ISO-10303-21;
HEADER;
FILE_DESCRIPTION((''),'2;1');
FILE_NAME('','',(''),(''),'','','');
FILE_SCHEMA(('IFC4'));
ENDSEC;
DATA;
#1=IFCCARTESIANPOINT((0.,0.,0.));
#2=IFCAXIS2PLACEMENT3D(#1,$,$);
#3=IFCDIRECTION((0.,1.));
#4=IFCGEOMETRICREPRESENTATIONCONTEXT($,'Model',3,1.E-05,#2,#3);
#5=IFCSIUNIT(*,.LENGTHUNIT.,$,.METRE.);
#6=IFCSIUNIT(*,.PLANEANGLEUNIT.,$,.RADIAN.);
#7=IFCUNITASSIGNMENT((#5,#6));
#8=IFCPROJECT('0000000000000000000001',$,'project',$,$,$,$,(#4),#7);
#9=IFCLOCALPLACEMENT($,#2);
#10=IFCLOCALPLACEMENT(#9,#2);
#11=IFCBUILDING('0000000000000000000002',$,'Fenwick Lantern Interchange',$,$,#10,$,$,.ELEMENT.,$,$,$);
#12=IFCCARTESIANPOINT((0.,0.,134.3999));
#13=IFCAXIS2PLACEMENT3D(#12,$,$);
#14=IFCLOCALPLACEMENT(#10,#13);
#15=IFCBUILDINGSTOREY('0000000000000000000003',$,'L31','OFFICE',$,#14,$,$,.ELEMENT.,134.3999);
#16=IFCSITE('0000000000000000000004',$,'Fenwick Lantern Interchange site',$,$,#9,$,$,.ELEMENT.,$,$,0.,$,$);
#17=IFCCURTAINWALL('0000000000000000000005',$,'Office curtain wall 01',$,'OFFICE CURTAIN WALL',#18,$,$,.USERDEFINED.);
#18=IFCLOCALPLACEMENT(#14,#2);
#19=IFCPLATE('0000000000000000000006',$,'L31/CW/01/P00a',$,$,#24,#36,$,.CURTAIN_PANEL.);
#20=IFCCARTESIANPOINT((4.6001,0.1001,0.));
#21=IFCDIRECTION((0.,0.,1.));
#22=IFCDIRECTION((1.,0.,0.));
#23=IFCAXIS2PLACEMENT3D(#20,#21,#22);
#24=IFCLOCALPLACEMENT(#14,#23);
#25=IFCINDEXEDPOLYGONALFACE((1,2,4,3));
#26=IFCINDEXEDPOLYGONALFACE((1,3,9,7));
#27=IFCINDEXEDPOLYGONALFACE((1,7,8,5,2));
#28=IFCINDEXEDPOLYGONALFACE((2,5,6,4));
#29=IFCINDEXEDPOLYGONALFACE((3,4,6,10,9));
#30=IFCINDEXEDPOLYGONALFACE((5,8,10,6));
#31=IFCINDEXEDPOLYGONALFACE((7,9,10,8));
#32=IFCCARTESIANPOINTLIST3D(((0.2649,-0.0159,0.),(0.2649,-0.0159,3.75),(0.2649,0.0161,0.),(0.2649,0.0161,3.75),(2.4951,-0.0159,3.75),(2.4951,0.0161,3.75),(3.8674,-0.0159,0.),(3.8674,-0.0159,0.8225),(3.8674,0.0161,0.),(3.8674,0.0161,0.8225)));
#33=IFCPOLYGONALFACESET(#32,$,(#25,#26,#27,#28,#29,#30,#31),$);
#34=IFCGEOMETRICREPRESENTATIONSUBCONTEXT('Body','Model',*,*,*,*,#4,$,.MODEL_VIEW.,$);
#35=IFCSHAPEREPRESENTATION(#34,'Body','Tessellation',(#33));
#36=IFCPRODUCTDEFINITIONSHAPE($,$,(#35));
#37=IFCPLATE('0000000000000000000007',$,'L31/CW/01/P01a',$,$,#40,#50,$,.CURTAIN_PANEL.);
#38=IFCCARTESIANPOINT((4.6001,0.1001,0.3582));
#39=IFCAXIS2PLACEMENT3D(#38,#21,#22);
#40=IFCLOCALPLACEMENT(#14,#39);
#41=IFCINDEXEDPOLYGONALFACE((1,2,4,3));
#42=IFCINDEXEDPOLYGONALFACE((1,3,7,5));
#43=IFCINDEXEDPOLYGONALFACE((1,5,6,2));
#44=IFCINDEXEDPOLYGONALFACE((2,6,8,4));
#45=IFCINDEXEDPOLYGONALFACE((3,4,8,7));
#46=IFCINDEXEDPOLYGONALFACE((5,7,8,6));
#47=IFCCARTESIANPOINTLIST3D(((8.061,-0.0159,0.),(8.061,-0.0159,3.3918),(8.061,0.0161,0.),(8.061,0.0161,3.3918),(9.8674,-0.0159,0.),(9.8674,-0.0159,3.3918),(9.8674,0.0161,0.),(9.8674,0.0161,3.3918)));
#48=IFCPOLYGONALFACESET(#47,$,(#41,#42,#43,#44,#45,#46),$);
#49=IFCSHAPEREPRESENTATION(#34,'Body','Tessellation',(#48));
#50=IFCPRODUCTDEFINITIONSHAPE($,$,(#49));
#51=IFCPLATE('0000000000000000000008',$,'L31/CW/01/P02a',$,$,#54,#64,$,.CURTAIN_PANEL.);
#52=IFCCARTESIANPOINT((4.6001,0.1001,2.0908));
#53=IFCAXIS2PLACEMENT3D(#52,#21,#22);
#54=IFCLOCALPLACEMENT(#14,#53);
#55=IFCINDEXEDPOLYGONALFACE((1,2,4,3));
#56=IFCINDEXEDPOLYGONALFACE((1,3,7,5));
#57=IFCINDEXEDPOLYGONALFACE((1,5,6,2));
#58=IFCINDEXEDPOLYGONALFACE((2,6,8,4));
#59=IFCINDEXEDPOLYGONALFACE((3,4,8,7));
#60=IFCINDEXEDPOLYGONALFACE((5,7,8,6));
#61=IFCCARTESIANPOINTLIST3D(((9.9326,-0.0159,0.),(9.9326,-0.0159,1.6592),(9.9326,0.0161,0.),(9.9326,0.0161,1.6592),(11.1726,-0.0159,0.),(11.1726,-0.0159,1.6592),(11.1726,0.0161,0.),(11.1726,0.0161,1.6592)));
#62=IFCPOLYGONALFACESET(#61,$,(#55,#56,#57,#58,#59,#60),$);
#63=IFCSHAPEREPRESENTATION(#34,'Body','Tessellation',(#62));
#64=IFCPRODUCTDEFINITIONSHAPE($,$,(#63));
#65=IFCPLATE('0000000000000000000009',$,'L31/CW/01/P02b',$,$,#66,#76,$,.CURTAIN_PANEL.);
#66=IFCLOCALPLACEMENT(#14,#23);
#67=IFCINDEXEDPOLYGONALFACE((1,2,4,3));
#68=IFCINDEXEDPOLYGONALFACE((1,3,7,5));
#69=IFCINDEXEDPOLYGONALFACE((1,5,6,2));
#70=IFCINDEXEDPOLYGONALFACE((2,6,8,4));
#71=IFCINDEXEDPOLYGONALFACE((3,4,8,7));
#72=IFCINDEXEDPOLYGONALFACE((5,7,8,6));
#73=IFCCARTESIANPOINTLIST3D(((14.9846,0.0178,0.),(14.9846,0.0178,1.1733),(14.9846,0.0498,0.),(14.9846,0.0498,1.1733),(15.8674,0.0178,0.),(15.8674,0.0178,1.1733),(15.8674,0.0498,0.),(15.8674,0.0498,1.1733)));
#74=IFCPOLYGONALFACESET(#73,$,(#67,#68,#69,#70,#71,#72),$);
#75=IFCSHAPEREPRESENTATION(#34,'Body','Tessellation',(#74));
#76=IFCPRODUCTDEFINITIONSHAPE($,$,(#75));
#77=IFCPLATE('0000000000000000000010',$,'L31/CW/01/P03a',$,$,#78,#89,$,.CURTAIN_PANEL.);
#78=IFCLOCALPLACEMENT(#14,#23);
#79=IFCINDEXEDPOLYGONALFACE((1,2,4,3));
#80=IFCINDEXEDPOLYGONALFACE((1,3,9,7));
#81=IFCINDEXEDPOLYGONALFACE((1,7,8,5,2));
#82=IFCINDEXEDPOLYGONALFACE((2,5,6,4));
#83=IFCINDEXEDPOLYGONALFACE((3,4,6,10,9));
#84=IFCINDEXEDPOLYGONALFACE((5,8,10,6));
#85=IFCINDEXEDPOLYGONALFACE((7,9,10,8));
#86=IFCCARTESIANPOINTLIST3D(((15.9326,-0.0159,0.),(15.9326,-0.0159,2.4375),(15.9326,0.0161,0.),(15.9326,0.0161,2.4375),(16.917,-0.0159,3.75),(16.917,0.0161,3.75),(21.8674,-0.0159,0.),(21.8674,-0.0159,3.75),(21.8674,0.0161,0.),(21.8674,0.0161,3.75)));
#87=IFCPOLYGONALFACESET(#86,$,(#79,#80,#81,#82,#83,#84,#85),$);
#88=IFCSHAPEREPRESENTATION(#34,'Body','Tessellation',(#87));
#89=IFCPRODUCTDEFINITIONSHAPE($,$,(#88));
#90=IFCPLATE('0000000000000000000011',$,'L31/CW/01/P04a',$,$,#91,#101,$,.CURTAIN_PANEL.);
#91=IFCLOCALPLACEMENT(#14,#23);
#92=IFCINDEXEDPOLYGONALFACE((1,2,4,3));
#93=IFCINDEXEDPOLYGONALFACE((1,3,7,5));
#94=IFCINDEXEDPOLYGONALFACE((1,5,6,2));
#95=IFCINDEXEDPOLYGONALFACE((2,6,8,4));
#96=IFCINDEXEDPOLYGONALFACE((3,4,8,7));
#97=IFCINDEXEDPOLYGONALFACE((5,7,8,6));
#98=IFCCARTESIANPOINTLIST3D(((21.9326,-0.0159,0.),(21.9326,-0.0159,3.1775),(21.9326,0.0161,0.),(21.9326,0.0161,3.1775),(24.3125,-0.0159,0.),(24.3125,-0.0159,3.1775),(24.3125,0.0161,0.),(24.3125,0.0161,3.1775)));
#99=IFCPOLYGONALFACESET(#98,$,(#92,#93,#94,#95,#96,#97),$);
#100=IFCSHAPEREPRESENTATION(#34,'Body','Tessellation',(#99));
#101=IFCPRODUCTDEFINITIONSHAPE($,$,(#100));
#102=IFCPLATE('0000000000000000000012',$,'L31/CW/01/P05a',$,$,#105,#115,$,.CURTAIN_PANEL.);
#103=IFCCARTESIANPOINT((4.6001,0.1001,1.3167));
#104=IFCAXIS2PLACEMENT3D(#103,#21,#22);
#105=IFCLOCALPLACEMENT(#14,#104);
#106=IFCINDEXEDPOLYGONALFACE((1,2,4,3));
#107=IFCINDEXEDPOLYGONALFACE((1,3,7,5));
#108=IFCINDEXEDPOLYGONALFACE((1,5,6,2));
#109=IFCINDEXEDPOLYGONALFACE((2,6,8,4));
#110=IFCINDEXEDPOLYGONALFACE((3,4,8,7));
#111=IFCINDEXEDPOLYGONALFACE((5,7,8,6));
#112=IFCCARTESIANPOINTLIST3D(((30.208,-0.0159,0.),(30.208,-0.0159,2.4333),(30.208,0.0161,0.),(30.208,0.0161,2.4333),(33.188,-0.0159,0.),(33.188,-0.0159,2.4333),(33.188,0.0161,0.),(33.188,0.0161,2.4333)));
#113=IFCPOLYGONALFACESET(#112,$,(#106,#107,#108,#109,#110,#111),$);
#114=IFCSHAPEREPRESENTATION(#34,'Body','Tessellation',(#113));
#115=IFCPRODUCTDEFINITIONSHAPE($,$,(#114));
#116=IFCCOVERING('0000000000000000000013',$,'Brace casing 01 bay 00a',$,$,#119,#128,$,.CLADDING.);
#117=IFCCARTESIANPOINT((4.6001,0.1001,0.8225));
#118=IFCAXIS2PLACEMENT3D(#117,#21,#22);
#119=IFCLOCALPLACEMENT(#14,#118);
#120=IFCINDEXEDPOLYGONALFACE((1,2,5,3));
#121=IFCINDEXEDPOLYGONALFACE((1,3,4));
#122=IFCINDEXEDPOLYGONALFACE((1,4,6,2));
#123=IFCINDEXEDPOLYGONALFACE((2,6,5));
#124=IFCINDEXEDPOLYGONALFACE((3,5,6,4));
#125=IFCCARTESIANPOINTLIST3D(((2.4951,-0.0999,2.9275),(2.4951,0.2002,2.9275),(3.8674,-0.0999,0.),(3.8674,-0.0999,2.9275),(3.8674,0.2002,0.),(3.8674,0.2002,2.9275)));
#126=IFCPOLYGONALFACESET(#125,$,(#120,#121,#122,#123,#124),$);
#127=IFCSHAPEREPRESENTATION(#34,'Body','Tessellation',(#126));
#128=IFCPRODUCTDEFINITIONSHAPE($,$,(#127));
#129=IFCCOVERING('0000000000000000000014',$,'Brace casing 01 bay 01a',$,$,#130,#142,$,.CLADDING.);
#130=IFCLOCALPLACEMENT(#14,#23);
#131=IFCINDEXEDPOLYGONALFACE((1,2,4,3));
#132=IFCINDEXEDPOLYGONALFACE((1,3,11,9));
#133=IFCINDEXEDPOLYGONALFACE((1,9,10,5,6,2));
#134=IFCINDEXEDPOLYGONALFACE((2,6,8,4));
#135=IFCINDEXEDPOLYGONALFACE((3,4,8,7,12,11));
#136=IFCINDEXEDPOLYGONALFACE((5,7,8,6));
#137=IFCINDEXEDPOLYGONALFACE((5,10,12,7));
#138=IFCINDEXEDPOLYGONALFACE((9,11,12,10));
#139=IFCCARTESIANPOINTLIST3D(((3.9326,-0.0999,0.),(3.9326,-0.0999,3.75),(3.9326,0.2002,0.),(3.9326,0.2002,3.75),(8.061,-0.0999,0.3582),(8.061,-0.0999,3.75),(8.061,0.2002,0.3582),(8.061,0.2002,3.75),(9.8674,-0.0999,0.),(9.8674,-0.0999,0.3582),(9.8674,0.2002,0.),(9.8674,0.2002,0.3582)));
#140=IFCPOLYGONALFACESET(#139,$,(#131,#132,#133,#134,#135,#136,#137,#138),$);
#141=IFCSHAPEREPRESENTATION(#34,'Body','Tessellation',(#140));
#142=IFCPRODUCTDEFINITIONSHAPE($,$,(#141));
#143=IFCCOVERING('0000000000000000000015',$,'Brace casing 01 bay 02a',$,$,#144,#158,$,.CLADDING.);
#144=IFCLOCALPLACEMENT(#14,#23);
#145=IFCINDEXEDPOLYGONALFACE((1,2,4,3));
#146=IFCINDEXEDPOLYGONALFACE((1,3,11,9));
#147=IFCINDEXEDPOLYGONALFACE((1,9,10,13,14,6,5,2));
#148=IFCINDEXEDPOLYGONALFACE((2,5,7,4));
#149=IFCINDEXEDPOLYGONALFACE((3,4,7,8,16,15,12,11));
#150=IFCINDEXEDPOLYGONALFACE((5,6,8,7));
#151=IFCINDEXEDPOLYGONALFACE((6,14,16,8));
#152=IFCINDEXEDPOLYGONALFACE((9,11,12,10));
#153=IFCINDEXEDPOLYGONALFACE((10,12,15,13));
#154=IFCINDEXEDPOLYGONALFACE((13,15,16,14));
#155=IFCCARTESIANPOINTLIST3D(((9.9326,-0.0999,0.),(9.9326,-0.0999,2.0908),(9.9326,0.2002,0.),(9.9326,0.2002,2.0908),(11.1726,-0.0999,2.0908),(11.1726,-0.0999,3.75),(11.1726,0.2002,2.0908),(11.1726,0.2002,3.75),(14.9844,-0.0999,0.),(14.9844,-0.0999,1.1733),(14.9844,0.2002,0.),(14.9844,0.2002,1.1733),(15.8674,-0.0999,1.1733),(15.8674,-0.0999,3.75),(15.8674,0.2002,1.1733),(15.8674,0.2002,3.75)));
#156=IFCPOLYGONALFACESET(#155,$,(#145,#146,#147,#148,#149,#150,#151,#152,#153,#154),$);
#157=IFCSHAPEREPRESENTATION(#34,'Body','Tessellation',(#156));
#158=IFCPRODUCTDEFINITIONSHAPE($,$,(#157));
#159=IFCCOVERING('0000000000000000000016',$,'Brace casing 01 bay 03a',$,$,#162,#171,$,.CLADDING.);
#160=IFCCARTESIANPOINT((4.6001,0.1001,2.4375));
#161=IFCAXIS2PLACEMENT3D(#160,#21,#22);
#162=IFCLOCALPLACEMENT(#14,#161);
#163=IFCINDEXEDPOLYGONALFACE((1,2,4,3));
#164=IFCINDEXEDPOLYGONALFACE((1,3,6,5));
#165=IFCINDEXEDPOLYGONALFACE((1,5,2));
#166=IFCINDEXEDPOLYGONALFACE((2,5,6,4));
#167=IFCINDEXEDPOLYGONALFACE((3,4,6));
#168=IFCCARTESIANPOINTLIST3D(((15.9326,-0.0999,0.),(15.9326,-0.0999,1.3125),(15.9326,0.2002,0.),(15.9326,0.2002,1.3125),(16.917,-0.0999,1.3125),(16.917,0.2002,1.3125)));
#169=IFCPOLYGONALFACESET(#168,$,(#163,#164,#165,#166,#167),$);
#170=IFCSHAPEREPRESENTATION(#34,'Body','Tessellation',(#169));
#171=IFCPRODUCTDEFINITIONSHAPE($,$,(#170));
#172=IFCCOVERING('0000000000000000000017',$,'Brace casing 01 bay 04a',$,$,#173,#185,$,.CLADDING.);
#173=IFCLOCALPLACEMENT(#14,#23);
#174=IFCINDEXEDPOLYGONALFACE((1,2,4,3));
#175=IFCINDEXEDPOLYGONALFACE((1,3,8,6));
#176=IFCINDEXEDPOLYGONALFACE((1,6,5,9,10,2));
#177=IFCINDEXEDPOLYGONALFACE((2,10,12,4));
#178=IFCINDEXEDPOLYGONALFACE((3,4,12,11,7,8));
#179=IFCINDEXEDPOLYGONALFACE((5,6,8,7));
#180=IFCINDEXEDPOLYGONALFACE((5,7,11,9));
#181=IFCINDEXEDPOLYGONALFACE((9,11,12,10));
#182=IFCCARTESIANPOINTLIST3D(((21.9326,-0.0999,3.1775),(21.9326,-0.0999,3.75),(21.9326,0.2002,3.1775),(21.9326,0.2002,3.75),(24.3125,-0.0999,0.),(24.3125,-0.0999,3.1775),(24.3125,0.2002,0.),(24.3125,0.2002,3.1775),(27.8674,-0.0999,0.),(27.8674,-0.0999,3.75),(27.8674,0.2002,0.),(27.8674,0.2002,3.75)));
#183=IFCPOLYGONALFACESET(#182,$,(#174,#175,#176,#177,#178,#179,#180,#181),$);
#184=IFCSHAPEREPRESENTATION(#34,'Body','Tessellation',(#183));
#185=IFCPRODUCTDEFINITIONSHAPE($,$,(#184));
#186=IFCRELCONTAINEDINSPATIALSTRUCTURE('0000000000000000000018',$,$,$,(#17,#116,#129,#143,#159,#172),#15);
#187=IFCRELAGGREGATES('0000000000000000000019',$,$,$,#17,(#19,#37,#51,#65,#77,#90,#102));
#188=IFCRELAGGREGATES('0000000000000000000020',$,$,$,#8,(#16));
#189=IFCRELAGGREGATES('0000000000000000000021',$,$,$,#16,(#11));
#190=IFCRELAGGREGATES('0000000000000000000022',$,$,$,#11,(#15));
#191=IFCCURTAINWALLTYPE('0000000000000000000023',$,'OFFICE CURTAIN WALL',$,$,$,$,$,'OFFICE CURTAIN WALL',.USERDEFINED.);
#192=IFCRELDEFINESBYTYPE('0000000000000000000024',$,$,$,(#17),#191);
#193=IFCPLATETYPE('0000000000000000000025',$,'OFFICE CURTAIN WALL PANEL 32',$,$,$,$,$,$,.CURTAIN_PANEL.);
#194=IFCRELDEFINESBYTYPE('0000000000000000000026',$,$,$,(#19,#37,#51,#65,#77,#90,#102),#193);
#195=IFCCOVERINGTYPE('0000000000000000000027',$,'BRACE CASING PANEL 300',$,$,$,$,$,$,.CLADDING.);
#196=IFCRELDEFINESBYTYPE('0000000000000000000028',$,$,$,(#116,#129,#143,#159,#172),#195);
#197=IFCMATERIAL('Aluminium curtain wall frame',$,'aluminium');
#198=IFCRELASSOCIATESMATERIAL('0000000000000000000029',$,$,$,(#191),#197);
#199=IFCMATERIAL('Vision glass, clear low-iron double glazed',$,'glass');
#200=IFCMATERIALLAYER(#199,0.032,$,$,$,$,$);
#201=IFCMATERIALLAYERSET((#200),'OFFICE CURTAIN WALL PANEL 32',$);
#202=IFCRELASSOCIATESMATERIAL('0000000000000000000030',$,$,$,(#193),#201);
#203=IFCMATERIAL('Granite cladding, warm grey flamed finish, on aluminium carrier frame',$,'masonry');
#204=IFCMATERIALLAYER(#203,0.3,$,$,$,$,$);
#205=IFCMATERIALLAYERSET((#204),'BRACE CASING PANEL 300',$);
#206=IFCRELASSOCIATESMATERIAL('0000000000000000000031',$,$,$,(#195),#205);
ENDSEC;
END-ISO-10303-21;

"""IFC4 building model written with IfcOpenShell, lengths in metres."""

from ifc_helpers import new_model, si_unit, direction, frame, origin, place, context, subcontext, project, spatial, polyline, outline, extrude, material, layer, layer_set, type_object, element, aggregate, save


model = new_model("IFC4")

# Units and contexts
model_context = context("Model", 3, precision=1e-05, world=origin(), true_north=direction((0.0, 1.0)))
body_context = subcontext(model_context, "Body", "Model", "MODEL_VIEW")
ifc_project = project(units=[si_unit("LENGTHUNIT", "METRE"), si_unit("PLANEANGLEUNIT", "RADIAN")], contexts=[model_context])

# Site, building, storey
site_placement = place(None, origin())
site = spatial("IfcSite", under=ifc_project, at=site_placement, Name="Fenwick Lantern Interchange site", CompositionType="ELEMENT", RefElevation=0.0)
building_placement = place(site_placement, origin())
building = spatial("IfcBuilding", under=site, at=building_placement, Name="Fenwick Lantern Interchange", CompositionType="ELEMENT")
storey_placement = place(building_placement, frame((0.0, 0.0, 134.3999)))
storey = spatial("IfcBuildingStorey", under=building, at=storey_placement, Name="L31", Description="OFFICE", CompositionType="ELEMENT", Elevation=134.3999)

# Shared definitions
ifc_material_1 = material(Name="Aluminium curtain wall frame", Category="aluminium")
curtain_wall_type = type_object("IfcCurtainWallType", Name="OFFICE CURTAIN WALL", ElementType="OFFICE CURTAIN WALL", PredefinedType="USERDEFINED", material=ifc_material_1)

# Curtain wall, plates
curtain_wall_1_placement = place(storey_placement, origin())
curtain_wall_1 = element("IfcCurtainWall", 1, at=curtain_wall_1_placement, inside=storey, type_object=curtain_wall_type, Name="Office curtain wall 01", ObjectType="OFFICE CURTAIN WALL", PredefinedType="USERDEFINED")
ifc_material_2 = material(Name="Vision glass, clear low-iron double glazed", Category="glass")
ifc_layer_1 = layer(ifc_material_2, 0.032)
ifc_layer_set_1 = layer_set([ifc_layer_1], Name="OFFICE CURTAIN WALL PANEL 32")
plate_type = type_object("IfcPlateType", Name="OFFICE CURTAIN WALL PANEL 32", PredefinedType="CURTAIN_PANEL", material=ifc_layer_set_1)
plate_1_placement = place(storey_placement, frame((4.6001, 0.1001, 0.0), z_axis=(0.0, 0.0, 1.0), x_axis=(1.0, 0.0, 0.0)))
plate_1 = element("IfcPlate", 2, at=plate_1_placement, type_object=plate_type, Name="L31/CW/01/P00a", PredefinedType="CURTAIN_PANEL", context=body_context, shape_type="SweptSolid", body=[
    extrude(outline(polyline([(0.2649, 0.0), (3.8674, 0.0), (3.8674, 0.8225), (2.4951, 3.75), (0.2649, 3.75), (0.2649, 0.0)])), frame((0.0, 0.0161, 0.0), z_axis=(0.0, -1.0, 0.0), x_axis=(1.0, 0.0, 0.0)), (0.0, 0.0, 1.0), 0.032),
])
plate_2_placement = place(storey_placement, frame((4.6001, 0.1001, 0.3582), z_axis=(0.0, 0.0, 1.0), x_axis=(1.0, 0.0, 0.0)))
plate_2 = element("IfcPlate", 3, at=plate_2_placement, type_object=plate_type, Name="L31/CW/01/P01a", PredefinedType="CURTAIN_PANEL", context=body_context, shape_type="SweptSolid", body=[
    extrude(outline(polyline([(8.061, 0.0), (9.8674, 0.0), (9.8674, 3.3918), (8.061, 3.3918), (8.061, 0.0)])), frame((0.0, 0.0161, 0.0), z_axis=(0.0, -1.0, 0.0), x_axis=(1.0, 0.0, 0.0)), (0.0, 0.0, 1.0), 0.032),
])
plate_3_placement = place(storey_placement, frame((4.6001, 0.1001, 2.0908), z_axis=(0.0, 0.0, 1.0), x_axis=(1.0, 0.0, 0.0)))
plate_3 = element("IfcPlate", 4, at=plate_3_placement, type_object=plate_type, Name="L31/CW/01/P02a", PredefinedType="CURTAIN_PANEL", context=body_context, shape_type="SweptSolid", body=[
    extrude(outline(polyline([(9.9326, 0.0), (11.1726, 0.0), (11.1726, 1.6592), (9.9326, 1.6592), (9.9326, 0.0)])), frame((0.0, 0.0161, 0.0), z_axis=(0.0, -1.0, 0.0), x_axis=(1.0, 0.0, 0.0)), (0.0, 0.0, 1.0), 0.032),
])
plate_4_placement = place(storey_placement, frame((4.6001, 0.1001, 0.0), z_axis=(0.0, 0.0, 1.0), x_axis=(1.0, 0.0, 0.0)))
plate_4 = element("IfcPlate", 5, at=plate_4_placement, type_object=plate_type, Name="L31/CW/01/P02b", PredefinedType="CURTAIN_PANEL", context=body_context, shape_type="SweptSolid", body=[
    extrude(outline(polyline([(14.9846, 0.0), (15.8674, 0.0), (15.8674, 1.1733), (14.9846, 1.1733), (14.9846, 0.0)])), frame((0.0, 0.0498, 0.0), z_axis=(0.0, -1.0, 0.0), x_axis=(1.0, 0.0, 0.0)), (0.0, 0.0, 1.0), 0.032),
])
plate_5_placement = place(storey_placement, frame((4.6001, 0.1001, 0.0), z_axis=(0.0, 0.0, 1.0), x_axis=(1.0, 0.0, 0.0)))
plate_5 = element("IfcPlate", 6, at=plate_5_placement, type_object=plate_type, Name="L31/CW/01/P03a", PredefinedType="CURTAIN_PANEL", context=body_context, shape_type="SweptSolid", body=[
    extrude(outline(polyline([(15.9326, 0.0), (21.8674, 0.0), (21.8674, 3.75), (16.917, 3.75), (15.9326, 2.4375), (15.9326, 0.0)])), frame((0.0, 0.0161, 0.0), z_axis=(0.0, -1.0, 0.0), x_axis=(1.0, 0.0, 0.0)), (0.0, 0.0, 1.0), 0.032),
])
plate_6_placement = place(storey_placement, frame((4.6001, 0.1001, 0.0), z_axis=(0.0, 0.0, 1.0), x_axis=(1.0, 0.0, 0.0)))
plate_6 = element("IfcPlate", 7, at=plate_6_placement, type_object=plate_type, Name="L31/CW/01/P04a", PredefinedType="CURTAIN_PANEL", context=body_context, shape_type="SweptSolid", body=[
    extrude(outline(polyline([(21.9326, 0.0), (24.3125, 0.0), (24.3125, 3.1775), (21.9326, 3.1775), (21.9326, 0.0)])), frame((0.0, 0.0161, 0.0), z_axis=(0.0, -1.0, 0.0), x_axis=(1.0, 0.0, 0.0)), (0.0, 0.0, 1.0), 0.032),
])
plate_7_placement = place(storey_placement, frame((4.6001, 0.1001, 1.3167), z_axis=(0.0, 0.0, 1.0), x_axis=(1.0, 0.0, 0.0)))
plate_7 = element("IfcPlate", 8, at=plate_7_placement, type_object=plate_type, Name="L31/CW/01/P05a", PredefinedType="CURTAIN_PANEL", context=body_context, shape_type="SweptSolid", body=[
    extrude(outline(polyline([(30.208, 0.0), (33.188, 0.0), (33.188, 2.4333), (30.208, 2.4333), (30.208, 0.0)])), frame((0.0, 0.0161, 0.0), z_axis=(0.0, -1.0, 0.0), x_axis=(1.0, 0.0, 0.0)), (0.0, 0.0, 1.0), 0.032),
])
aggregate(curtain_wall_1, [plate_1, plate_2, plate_3, plate_4, plate_5, plate_6, plate_7])

# Coverings
ifc_material_3 = material(Name="Granite cladding, warm grey flamed finish, on aluminium carrier frame", Category="masonry")
ifc_layer_2 = layer(ifc_material_3, 0.3)
ifc_layer_set_2 = layer_set([ifc_layer_2], Name="BRACE CASING PANEL 300")
covering_type_1 = type_object("IfcCoveringType", Name="BRACE CASING PANEL 300", PredefinedType="CLADDING", material=ifc_layer_set_2)
covering_1_placement = place(storey_placement, frame((4.6001, 0.1001, 0.8225), z_axis=(0.0, 0.0, 1.0), x_axis=(1.0, 0.0, 0.0)))
element("IfcCovering", 9, at=covering_1_placement, inside=storey, type_object=covering_type_1, Name="Brace casing 01 bay 00a", PredefinedType="CLADDING", context=body_context, shape_type="SweptSolid", body=[
    extrude(outline(polyline([(3.8674, 0.0), (3.8674, 2.9275), (2.4951, 2.9275), (3.8674, 0.0)])), frame((0.0, 0.2002, 0.0), z_axis=(0.0, -1.0, 0.0), x_axis=(1.0, 0.0, 0.0)), (0.0, 0.0, 1.0), 0.3),
])
covering_2_placement = place(storey_placement, frame((4.6001, 0.1001, 0.0), z_axis=(0.0, 0.0, 1.0), x_axis=(1.0, 0.0, 0.0)))
element("IfcCovering", 10, at=covering_2_placement, inside=storey, type_object=covering_type_1, Name="Brace casing 01 bay 01a", PredefinedType="CLADDING", context=body_context, shape_type="SweptSolid", body=[
    extrude(outline(polyline([(3.9326, 0.0), (9.8674, 0.0), (9.8674, 0.3582), (8.061, 0.3582), (8.061, 3.75), (3.9326, 3.75), (3.9326, 0.0)])), frame((0.0, 0.2002, 0.0), z_axis=(0.0, -1.0, 0.0), x_axis=(1.0, 0.0, 0.0)), (0.0, 0.0, 1.0), 0.3),
])
covering_3_placement = place(storey_placement, frame((4.6001, 0.1001, 0.0), z_axis=(0.0, 0.0, 1.0), x_axis=(1.0, 0.0, 0.0)))
element("IfcCovering", 11, at=covering_3_placement, inside=storey, type_object=covering_type_1, Name="Brace casing 01 bay 02a", PredefinedType="CLADDING", context=body_context, shape_type="SweptSolid", body=[
    extrude(outline(polyline([(9.9326, 0.0), (14.9844, 0.0), (14.9844, 1.1733), (15.8674, 1.1733), (15.8674, 3.75), (11.1726, 3.75), (11.1726, 2.0908), (9.9326, 2.0908), (9.9326, 0.0)])), frame((0.0, 0.2002, 0.0), z_axis=(0.0, -1.0, 0.0), x_axis=(1.0, 0.0, 0.0)), (0.0, 0.0, 1.0), 0.3),
])
covering_4_placement = place(storey_placement, frame((4.6001, 0.1001, 2.4375), z_axis=(0.0, 0.0, 1.0), x_axis=(1.0, 0.0, 0.0)))
element("IfcCovering", 12, at=covering_4_placement, inside=storey, type_object=covering_type_1, Name="Brace casing 01 bay 03a", PredefinedType="CLADDING", context=body_context, shape_type="SweptSolid", body=[
    extrude(outline(polyline([(15.9326, 0.0), (16.917, 1.3125), (15.9326, 1.3125), (15.9326, 0.0)])), frame((0.0, 0.2002, 0.0), z_axis=(0.0, -1.0, 0.0), x_axis=(1.0, 0.0, 0.0)), (0.0, 0.0, 1.0), 0.3),
])
covering_5_placement = place(storey_placement, frame((4.6001, 0.1001, 0.0), z_axis=(0.0, 0.0, 1.0), x_axis=(1.0, 0.0, 0.0)))
element("IfcCovering", 13, at=covering_5_placement, inside=storey, type_object=covering_type_1, Name="Brace casing 01 bay 04a", PredefinedType="CLADDING", context=body_context, shape_type="SweptSolid", body=[
    extrude(outline(polyline([(24.3125, 0.0), (27.8674, 0.0), (27.8674, 3.75), (21.9326, 3.75), (21.9326, 3.1775), (24.3125, 3.1775), (24.3125, 0.0)])), frame((0.0, 0.2002, 0.0), z_axis=(0.0, -1.0, 0.0), x_axis=(1.0, 0.0, 0.0)), (0.0, 0.0, 1.0), 0.3),
])

save(model, "model.ifc")
